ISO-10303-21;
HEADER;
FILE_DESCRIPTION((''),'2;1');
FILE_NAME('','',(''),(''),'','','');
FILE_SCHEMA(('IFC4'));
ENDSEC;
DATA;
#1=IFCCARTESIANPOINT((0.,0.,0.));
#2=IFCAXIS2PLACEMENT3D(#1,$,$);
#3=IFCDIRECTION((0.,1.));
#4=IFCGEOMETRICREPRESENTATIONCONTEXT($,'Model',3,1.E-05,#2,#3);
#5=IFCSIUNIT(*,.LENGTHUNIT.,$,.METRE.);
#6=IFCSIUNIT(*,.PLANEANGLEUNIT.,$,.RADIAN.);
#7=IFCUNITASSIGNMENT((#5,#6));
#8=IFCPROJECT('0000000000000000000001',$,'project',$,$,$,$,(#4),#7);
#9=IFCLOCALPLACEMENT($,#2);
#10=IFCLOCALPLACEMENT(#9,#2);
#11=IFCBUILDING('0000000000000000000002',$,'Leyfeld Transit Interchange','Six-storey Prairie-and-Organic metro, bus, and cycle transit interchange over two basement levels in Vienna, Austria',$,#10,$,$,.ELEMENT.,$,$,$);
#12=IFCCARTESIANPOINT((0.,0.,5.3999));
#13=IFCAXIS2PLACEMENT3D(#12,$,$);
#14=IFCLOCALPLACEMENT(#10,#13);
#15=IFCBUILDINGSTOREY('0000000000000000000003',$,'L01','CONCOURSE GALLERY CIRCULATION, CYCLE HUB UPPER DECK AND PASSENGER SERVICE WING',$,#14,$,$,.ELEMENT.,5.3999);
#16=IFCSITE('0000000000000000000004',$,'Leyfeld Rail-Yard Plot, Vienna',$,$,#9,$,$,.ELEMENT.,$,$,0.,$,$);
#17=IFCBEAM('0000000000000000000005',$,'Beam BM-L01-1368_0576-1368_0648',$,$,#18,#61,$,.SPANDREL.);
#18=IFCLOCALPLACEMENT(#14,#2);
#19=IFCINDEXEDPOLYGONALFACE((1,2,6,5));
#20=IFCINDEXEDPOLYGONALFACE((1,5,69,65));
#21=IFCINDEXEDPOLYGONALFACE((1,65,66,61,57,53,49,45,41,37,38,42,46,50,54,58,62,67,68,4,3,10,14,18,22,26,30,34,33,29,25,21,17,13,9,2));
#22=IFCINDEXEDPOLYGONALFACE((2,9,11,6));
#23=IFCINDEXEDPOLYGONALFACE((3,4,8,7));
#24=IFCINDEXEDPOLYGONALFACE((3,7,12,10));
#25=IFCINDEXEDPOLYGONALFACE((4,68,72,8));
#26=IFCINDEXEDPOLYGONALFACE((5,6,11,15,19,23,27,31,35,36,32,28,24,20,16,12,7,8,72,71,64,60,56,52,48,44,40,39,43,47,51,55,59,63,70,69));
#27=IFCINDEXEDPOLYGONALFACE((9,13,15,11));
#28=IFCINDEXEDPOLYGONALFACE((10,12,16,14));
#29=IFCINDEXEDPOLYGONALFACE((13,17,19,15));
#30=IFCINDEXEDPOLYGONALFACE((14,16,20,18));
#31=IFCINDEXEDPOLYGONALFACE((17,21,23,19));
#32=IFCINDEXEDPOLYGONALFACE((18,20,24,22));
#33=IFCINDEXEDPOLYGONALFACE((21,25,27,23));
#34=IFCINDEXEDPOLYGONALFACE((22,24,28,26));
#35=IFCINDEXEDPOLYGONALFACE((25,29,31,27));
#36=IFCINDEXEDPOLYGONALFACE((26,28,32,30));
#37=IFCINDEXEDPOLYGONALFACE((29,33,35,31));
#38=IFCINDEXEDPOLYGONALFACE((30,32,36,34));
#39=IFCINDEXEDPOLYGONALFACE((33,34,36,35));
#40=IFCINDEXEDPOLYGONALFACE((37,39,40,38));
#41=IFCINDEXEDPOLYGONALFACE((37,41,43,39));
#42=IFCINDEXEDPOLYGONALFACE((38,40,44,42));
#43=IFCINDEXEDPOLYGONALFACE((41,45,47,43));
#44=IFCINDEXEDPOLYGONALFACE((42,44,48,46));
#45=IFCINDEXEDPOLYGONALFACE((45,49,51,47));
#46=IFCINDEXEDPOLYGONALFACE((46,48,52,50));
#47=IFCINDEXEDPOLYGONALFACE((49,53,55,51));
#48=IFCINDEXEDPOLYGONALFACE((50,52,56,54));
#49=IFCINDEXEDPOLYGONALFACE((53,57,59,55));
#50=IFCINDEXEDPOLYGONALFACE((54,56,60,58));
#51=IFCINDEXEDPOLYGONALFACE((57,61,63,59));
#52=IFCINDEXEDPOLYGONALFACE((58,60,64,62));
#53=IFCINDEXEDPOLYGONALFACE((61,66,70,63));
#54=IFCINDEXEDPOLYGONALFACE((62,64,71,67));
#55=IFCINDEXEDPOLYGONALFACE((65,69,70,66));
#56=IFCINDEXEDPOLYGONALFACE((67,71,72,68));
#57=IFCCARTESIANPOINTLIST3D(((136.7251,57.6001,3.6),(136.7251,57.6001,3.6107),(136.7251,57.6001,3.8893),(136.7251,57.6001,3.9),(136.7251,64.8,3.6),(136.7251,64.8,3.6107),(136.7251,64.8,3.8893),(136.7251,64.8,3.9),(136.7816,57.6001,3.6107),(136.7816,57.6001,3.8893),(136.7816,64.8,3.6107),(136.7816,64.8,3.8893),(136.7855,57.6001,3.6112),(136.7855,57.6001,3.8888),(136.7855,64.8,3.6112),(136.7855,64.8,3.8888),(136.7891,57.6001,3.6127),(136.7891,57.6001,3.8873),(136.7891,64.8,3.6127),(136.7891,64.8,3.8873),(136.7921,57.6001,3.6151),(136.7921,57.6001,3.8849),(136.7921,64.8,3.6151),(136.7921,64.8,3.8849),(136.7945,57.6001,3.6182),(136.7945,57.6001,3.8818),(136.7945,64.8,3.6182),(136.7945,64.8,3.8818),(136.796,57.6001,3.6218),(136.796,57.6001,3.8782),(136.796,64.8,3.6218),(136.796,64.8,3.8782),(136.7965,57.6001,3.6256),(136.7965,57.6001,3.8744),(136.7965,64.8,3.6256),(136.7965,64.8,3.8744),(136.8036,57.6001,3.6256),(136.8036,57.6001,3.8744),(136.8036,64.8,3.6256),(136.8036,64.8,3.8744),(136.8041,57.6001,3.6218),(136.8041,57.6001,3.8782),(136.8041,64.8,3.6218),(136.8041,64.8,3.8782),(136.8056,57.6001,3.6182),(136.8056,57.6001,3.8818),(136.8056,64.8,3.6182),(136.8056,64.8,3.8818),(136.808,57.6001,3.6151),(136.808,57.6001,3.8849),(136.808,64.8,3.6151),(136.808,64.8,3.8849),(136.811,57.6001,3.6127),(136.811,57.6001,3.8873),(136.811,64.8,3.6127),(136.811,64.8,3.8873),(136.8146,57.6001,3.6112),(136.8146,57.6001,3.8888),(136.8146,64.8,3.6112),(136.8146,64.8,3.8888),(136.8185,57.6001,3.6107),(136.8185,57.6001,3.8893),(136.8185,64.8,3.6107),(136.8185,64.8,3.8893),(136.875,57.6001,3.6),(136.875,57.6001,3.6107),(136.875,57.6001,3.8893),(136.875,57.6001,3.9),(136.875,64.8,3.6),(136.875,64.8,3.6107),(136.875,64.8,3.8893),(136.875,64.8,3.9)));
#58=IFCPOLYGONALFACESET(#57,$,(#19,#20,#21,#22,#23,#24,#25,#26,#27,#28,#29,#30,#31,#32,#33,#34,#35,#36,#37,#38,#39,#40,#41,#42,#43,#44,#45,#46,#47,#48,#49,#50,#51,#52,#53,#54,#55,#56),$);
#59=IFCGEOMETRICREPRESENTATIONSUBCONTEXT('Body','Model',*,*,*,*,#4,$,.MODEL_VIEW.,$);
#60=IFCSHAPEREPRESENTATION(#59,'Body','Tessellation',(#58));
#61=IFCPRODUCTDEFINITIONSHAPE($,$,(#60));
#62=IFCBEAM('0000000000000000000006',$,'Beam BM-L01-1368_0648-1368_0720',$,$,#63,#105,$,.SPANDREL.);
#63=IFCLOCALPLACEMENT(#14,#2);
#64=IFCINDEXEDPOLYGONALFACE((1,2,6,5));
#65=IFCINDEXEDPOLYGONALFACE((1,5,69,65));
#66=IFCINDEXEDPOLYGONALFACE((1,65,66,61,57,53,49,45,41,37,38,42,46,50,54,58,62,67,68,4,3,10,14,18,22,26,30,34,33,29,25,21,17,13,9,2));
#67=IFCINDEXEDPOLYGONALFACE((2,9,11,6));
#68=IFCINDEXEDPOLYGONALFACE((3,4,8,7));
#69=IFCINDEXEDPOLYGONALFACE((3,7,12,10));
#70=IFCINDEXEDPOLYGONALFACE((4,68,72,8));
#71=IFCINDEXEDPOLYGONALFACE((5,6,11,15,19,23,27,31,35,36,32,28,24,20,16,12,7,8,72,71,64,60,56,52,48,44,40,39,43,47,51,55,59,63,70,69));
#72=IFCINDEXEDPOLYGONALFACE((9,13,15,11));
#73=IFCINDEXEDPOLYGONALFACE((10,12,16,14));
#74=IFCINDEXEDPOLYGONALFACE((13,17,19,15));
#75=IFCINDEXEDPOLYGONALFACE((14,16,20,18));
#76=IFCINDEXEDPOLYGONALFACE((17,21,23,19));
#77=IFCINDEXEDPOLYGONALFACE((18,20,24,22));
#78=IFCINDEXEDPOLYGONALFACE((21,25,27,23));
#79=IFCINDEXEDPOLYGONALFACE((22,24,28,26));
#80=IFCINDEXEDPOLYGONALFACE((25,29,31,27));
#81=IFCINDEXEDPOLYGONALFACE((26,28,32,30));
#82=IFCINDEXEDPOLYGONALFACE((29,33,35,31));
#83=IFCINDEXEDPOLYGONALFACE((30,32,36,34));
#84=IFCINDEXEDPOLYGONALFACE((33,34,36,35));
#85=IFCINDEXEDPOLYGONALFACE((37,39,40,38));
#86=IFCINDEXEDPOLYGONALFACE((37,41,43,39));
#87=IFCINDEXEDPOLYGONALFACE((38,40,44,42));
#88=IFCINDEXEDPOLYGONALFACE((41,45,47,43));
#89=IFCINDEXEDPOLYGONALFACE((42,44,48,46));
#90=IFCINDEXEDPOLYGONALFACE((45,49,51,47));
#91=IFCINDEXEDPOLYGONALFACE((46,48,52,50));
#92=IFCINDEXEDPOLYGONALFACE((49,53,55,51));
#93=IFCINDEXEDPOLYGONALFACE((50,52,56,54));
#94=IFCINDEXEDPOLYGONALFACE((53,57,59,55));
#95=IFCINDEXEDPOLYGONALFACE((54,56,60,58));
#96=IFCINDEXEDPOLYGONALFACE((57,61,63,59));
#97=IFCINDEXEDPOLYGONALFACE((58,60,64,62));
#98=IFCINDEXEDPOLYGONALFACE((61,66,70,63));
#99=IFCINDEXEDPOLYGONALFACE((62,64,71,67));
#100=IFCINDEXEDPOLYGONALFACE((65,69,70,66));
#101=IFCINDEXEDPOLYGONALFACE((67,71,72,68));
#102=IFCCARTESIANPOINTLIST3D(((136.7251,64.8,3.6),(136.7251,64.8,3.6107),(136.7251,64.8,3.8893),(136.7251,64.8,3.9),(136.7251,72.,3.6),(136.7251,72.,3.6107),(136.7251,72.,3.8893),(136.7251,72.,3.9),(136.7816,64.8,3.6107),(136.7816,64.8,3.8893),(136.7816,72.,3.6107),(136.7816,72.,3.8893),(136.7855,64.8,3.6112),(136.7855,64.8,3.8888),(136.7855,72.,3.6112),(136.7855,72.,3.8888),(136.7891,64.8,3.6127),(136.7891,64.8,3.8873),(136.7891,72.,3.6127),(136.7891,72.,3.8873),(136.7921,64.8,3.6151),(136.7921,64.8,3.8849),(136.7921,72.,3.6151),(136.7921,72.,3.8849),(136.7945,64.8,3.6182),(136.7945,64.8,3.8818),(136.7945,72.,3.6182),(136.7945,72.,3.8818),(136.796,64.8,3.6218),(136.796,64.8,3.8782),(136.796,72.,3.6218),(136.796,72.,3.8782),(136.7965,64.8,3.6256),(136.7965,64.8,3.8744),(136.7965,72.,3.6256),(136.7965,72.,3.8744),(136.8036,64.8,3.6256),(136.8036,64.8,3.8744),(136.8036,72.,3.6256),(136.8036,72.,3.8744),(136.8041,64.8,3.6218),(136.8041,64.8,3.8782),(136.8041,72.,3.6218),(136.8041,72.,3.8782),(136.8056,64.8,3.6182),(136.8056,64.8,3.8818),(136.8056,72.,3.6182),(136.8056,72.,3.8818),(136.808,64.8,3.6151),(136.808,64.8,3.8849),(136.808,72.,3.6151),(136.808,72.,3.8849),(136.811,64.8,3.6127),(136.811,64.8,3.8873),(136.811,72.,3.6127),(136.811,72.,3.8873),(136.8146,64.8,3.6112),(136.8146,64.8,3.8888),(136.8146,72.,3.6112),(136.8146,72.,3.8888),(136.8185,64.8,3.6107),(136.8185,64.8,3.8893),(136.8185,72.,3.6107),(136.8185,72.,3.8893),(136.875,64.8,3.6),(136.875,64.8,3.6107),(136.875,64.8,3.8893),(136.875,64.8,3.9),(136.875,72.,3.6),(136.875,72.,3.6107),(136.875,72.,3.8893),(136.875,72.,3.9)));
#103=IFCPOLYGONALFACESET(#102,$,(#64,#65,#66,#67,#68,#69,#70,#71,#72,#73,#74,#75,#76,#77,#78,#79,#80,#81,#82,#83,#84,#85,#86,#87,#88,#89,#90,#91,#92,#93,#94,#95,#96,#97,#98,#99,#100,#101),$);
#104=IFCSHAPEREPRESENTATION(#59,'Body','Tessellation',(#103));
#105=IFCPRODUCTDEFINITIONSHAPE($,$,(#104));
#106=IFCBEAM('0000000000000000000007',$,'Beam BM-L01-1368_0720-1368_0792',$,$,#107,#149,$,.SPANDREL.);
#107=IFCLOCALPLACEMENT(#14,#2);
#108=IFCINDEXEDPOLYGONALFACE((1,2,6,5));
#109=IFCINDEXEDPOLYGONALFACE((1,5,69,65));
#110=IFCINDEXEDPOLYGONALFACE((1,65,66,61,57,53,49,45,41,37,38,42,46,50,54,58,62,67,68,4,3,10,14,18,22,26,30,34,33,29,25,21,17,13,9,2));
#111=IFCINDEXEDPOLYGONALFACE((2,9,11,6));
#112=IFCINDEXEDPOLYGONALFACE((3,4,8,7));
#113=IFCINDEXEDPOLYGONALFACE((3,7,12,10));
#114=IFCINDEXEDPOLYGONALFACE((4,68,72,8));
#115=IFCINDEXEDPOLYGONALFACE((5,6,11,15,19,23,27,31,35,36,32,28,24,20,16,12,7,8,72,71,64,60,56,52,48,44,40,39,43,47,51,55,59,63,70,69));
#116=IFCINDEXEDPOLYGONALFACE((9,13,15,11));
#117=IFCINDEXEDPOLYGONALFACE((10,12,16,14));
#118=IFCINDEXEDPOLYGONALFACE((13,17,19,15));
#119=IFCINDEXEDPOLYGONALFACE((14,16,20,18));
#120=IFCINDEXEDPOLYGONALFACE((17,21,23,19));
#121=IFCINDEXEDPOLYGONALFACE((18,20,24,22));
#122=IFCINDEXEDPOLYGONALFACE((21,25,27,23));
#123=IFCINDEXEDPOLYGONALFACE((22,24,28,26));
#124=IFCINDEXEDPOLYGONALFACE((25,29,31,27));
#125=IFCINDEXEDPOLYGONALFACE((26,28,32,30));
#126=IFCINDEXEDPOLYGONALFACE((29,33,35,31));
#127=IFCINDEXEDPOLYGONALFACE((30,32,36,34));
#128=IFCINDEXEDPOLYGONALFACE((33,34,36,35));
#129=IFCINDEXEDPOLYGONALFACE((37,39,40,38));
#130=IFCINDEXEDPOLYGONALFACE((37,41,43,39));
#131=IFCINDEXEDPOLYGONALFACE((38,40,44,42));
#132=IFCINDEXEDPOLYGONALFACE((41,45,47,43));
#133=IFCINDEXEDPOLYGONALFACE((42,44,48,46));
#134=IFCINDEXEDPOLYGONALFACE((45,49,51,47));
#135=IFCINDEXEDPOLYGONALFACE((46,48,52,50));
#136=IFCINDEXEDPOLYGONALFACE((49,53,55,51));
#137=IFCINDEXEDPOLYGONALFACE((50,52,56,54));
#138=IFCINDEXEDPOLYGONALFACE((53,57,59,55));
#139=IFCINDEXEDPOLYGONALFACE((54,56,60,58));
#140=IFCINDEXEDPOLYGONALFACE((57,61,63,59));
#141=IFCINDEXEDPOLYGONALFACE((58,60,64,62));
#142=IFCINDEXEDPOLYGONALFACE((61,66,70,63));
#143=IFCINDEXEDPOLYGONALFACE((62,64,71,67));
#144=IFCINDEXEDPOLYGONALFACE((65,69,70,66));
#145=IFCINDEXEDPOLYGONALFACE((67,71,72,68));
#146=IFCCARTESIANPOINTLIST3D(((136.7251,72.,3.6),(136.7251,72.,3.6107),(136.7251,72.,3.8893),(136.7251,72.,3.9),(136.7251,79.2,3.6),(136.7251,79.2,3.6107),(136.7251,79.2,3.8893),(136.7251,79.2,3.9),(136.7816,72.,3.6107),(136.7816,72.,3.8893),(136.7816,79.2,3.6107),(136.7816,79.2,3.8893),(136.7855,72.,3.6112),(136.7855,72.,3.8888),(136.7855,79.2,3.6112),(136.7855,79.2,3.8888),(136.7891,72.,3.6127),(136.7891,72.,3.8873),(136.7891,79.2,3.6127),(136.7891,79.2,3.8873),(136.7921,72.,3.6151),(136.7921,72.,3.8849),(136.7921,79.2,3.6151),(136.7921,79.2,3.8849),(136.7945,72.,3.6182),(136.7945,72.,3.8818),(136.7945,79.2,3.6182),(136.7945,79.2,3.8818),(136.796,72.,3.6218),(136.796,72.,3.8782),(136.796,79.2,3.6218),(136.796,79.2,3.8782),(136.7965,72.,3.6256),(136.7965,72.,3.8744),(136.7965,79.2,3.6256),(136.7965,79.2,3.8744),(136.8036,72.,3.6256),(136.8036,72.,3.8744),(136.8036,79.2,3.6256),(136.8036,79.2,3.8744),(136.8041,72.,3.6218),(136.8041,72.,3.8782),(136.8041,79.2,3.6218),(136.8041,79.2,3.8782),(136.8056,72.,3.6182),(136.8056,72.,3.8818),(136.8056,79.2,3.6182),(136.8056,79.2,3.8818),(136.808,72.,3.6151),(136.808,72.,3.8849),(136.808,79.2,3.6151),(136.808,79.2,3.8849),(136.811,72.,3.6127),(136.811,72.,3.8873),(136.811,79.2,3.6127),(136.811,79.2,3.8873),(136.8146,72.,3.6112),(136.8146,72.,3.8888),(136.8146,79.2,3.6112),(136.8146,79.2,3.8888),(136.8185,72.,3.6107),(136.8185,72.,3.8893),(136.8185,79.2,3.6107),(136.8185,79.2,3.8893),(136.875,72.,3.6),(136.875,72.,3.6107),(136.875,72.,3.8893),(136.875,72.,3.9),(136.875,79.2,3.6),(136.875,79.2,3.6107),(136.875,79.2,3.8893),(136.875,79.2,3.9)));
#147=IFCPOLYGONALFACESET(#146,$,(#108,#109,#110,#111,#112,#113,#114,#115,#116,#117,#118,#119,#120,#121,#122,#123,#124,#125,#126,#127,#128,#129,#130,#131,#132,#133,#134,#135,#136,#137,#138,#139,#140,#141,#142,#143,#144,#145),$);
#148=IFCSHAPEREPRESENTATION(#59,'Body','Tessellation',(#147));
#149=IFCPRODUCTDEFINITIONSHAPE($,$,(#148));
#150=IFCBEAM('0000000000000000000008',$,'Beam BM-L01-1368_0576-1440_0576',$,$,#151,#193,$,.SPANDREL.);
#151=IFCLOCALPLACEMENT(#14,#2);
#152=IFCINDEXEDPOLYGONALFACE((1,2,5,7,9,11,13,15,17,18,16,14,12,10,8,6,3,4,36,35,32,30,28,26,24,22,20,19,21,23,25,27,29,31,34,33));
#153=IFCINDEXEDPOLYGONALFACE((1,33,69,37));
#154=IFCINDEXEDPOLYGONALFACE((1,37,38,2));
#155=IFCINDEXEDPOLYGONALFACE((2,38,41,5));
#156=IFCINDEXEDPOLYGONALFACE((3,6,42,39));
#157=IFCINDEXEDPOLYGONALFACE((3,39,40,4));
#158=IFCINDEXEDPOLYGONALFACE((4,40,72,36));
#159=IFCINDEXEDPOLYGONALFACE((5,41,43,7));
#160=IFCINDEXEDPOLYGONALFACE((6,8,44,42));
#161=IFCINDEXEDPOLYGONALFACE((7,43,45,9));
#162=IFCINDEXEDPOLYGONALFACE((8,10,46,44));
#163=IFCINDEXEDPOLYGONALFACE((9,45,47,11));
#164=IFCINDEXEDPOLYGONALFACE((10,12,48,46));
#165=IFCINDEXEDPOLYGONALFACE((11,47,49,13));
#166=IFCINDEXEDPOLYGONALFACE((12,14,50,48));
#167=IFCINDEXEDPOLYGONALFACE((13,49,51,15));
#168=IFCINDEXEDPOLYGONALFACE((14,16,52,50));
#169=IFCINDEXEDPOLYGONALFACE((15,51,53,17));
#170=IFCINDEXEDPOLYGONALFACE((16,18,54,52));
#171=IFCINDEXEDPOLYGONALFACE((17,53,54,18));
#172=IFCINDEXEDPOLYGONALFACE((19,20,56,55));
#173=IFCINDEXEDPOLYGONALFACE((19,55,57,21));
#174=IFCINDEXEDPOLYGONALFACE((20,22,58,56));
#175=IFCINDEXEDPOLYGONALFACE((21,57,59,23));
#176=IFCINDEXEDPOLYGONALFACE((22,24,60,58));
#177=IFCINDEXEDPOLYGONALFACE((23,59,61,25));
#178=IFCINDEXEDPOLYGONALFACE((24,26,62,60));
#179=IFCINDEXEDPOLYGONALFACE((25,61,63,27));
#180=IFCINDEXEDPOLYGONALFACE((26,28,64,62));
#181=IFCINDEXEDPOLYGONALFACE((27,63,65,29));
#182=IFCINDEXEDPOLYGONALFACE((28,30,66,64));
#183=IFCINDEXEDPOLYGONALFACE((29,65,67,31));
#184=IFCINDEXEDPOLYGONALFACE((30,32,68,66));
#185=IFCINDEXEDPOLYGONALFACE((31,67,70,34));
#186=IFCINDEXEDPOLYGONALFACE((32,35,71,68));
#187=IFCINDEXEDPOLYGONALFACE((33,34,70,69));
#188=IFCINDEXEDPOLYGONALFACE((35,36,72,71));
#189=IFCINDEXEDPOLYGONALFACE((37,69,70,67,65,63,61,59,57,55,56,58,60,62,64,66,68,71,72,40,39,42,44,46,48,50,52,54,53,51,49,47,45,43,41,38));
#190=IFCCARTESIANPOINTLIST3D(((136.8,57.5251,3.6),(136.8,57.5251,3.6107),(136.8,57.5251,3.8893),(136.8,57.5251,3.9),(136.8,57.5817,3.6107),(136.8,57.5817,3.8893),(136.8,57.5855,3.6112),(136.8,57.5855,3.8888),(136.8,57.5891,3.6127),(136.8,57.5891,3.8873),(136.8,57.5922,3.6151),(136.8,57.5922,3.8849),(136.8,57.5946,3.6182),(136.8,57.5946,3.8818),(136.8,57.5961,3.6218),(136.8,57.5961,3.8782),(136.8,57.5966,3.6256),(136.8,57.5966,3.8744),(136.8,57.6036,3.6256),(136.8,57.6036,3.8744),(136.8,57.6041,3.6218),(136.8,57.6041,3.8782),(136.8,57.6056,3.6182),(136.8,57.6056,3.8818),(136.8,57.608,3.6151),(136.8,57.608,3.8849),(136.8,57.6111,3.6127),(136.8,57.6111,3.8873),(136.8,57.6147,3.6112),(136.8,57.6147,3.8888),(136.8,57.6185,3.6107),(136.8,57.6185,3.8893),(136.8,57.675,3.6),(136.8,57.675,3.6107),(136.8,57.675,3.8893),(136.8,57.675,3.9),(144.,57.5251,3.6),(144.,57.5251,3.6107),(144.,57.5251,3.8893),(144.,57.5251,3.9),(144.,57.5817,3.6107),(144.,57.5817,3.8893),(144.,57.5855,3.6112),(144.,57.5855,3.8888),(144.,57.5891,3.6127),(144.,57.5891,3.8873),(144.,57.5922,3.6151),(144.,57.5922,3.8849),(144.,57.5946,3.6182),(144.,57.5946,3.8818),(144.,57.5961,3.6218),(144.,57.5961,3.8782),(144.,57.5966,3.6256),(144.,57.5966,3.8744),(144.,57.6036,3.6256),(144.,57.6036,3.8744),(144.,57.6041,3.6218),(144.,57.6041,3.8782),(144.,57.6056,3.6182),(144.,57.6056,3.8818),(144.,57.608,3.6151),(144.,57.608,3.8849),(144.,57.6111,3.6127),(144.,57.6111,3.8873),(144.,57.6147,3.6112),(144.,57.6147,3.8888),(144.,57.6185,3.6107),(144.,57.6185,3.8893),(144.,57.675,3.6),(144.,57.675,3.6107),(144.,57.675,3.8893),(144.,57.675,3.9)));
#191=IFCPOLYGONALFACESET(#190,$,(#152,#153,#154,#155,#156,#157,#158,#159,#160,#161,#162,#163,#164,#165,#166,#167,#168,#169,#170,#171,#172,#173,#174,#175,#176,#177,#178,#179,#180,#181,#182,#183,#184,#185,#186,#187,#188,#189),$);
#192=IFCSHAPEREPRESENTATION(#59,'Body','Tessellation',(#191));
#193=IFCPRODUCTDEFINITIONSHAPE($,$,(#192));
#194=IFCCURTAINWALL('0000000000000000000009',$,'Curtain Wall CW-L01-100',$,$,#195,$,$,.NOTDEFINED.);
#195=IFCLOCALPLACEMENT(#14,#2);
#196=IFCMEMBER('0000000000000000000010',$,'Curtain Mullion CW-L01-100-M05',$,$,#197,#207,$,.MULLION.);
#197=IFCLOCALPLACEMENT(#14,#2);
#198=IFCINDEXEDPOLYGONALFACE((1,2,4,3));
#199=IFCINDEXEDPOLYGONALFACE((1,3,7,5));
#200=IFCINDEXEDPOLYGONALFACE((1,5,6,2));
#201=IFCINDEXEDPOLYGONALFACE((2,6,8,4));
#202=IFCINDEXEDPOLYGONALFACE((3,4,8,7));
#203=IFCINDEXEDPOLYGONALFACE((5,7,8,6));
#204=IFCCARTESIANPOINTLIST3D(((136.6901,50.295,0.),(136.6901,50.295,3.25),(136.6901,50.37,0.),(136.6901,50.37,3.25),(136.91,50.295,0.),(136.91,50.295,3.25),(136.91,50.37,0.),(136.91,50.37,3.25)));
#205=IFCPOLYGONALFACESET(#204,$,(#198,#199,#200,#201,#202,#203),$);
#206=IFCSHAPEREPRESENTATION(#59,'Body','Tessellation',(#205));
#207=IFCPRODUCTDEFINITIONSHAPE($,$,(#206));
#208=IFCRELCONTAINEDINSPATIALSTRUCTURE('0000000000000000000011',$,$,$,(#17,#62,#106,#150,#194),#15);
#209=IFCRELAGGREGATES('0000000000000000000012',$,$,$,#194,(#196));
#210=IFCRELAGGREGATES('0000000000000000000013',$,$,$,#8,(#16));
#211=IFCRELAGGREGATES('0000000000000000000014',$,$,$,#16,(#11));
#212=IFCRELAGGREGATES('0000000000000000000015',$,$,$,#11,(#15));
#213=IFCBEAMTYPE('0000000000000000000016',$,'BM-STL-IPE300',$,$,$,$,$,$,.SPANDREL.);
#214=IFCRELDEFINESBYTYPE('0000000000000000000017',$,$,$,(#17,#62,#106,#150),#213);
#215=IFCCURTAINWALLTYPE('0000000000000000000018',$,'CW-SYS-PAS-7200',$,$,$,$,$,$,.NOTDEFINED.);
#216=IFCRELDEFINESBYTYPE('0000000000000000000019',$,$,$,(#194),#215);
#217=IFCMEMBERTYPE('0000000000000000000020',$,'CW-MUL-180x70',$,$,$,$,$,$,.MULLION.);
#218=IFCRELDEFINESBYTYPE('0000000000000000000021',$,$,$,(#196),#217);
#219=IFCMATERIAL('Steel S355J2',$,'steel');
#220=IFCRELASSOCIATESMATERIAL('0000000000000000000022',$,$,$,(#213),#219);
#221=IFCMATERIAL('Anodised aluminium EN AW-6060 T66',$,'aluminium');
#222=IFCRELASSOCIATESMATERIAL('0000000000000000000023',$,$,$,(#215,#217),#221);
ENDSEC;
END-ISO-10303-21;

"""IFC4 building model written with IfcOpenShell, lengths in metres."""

from ifc_helpers import new_model, si_unit, direction, frame, origin, origin_2d, place, context, subcontext, project, spatial, rectangle, i_section, extrude, material, material_profile, profile_set, type_object, element, aggregate, save


model = new_model("IFC4")

# Units and contexts
model_context = context("Model", 3, precision=1e-05, world=origin(), true_north=direction((0.0, 1.0)))
body_context = subcontext(model_context, "Body", "Model", "MODEL_VIEW")
ifc_project = project(units=[si_unit("LENGTHUNIT", "METRE"), si_unit("PLANEANGLEUNIT", "RADIAN")], contexts=[model_context])

# Site, building, storey
site_placement = place(None, origin())
site = spatial("IfcSite", under=ifc_project, at=site_placement, Name="Leyfeld Rail-Yard Plot, Vienna", CompositionType="ELEMENT", RefElevation=0.0)
building_placement = place(site_placement, origin())
building = spatial("IfcBuilding", under=site, at=building_placement, Name="Leyfeld Transit Interchange", Description="Six-storey Prairie-and-Organic metro, bus, and cycle transit interchange over two basement levels in Vienna, Austria", CompositionType="ELEMENT")
storey_placement = place(building_placement, frame((0.0, 0.0, 5.3999)))
storey = spatial("IfcBuildingStorey", under=building, at=storey_placement, Name="L01", Description="CONCOURSE GALLERY CIRCULATION, CYCLE HUB UPPER DECK AND PASSENGER SERVICE WING", CompositionType="ELEMENT", Elevation=5.3999)

# Shared definitions
ifc_material_1 = material(Name="Steel S355J2", Category="steel")

# Beams
ifc_material_profile_1 = material_profile(ifc_material_1, i_section(OverallWidth=0.1499, OverallDepth=0.3, WebThickness=0.0071, FlangeThickness=0.0107, FilletRadius=0.0149, at=origin_2d()), Name="IPE 300")
ifc_profile_set_1 = profile_set([ifc_material_profile_1], Name="Steel S355J2")
beam_type_1 = type_object("IfcBeamType", Name="BM-STL-IPE300", PredefinedType="SPANDREL", material=ifc_profile_set_1)
for number, where, z_axis, x_axis, name in (
    (1, (136.8, 57.6001, 3.75), (0.0, 1.0, 0.0), (-1.0, 0.0, 0.0), "Beam BM-L01-1368_0576-1368_0648"),
    (2, (136.8, 64.8, 3.75), (0.0, 1.0, 0.0), (-1.0, 0.0, 0.0), "Beam BM-L01-1368_0648-1368_0720"),
    (3, (136.8, 72.0, 3.75), (0.0, 1.0, 0.0), (-1.0, 0.0, 0.0), "Beam BM-L01-1368_0720-1368_0792"),
    (4, (136.8, 57.6001, 3.75), (1.0, 0.0, 0.0), (0.0, 1.0, 0.0), "Beam BM-L01-1368_0576-1440_0576"),
):
    element("IfcBeam", number, at=place(storey_placement, frame(where, z_axis=z_axis, x_axis=x_axis)), inside=storey, type_object=beam_type_1, Name=name, PredefinedType="SPANDREL", context=body_context, shape_type="SweptSolid", body=[
        extrude(i_section(OverallWidth=0.1499, OverallDepth=0.3, WebThickness=0.0071, FlangeThickness=0.0107, FilletRadius=0.0149, at=origin_2d()), origin(), (0.0, 0.0, 1.0), 7.2),
    ])

# Curtain wall, member
ifc_material_2 = material(Name="Anodised aluminium EN AW-6060 T66", Category="aluminium")
curtain_wall_type = type_object("IfcCurtainWallType", Name="CW-SYS-PAS-7200", PredefinedType="NOTDEFINED", material=ifc_material_2)
curtain_wall_placement = place(storey_placement, origin())
curtain_wall = element("IfcCurtainWall", 5, at=curtain_wall_placement, inside=storey, type_object=curtain_wall_type, Name="Curtain Wall CW-L01-100", PredefinedType="NOTDEFINED")
ifc_material_profile_2 = material_profile(ifc_material_2, rectangle(XDim=0.075, YDim=0.22, at=origin_2d()), Name="CW-M 75x220")
ifc_profile_set_2 = profile_set([ifc_material_profile_2], Name="Anodised aluminium EN AW-6060 T66")
member_type_1 = type_object("IfcMemberType", Name="CW-MUL-180x70", PredefinedType="MULLION", material=ifc_profile_set_2)
member_1_placement = place(storey_placement, frame((136.8, 50.3325, 0.0), z_axis=(0.0, 0.0, 1.0), x_axis=(0.0, 1.0, 0.0)))
member_1 = element("IfcMember", 6, at=member_1_placement, type_object=member_type_1, Name="Curtain Mullion CW-L01-100-M05", PredefinedType="MULLION", context=body_context, shape_type="SweptSolid", body=[
    extrude(rectangle(XDim=0.075, YDim=0.22, at=origin_2d()), origin(), (0.0, 0.0, 1.0), 3.25),
])

aggregate(curtain_wall, [member_1])

save(model, "model.ifc")
